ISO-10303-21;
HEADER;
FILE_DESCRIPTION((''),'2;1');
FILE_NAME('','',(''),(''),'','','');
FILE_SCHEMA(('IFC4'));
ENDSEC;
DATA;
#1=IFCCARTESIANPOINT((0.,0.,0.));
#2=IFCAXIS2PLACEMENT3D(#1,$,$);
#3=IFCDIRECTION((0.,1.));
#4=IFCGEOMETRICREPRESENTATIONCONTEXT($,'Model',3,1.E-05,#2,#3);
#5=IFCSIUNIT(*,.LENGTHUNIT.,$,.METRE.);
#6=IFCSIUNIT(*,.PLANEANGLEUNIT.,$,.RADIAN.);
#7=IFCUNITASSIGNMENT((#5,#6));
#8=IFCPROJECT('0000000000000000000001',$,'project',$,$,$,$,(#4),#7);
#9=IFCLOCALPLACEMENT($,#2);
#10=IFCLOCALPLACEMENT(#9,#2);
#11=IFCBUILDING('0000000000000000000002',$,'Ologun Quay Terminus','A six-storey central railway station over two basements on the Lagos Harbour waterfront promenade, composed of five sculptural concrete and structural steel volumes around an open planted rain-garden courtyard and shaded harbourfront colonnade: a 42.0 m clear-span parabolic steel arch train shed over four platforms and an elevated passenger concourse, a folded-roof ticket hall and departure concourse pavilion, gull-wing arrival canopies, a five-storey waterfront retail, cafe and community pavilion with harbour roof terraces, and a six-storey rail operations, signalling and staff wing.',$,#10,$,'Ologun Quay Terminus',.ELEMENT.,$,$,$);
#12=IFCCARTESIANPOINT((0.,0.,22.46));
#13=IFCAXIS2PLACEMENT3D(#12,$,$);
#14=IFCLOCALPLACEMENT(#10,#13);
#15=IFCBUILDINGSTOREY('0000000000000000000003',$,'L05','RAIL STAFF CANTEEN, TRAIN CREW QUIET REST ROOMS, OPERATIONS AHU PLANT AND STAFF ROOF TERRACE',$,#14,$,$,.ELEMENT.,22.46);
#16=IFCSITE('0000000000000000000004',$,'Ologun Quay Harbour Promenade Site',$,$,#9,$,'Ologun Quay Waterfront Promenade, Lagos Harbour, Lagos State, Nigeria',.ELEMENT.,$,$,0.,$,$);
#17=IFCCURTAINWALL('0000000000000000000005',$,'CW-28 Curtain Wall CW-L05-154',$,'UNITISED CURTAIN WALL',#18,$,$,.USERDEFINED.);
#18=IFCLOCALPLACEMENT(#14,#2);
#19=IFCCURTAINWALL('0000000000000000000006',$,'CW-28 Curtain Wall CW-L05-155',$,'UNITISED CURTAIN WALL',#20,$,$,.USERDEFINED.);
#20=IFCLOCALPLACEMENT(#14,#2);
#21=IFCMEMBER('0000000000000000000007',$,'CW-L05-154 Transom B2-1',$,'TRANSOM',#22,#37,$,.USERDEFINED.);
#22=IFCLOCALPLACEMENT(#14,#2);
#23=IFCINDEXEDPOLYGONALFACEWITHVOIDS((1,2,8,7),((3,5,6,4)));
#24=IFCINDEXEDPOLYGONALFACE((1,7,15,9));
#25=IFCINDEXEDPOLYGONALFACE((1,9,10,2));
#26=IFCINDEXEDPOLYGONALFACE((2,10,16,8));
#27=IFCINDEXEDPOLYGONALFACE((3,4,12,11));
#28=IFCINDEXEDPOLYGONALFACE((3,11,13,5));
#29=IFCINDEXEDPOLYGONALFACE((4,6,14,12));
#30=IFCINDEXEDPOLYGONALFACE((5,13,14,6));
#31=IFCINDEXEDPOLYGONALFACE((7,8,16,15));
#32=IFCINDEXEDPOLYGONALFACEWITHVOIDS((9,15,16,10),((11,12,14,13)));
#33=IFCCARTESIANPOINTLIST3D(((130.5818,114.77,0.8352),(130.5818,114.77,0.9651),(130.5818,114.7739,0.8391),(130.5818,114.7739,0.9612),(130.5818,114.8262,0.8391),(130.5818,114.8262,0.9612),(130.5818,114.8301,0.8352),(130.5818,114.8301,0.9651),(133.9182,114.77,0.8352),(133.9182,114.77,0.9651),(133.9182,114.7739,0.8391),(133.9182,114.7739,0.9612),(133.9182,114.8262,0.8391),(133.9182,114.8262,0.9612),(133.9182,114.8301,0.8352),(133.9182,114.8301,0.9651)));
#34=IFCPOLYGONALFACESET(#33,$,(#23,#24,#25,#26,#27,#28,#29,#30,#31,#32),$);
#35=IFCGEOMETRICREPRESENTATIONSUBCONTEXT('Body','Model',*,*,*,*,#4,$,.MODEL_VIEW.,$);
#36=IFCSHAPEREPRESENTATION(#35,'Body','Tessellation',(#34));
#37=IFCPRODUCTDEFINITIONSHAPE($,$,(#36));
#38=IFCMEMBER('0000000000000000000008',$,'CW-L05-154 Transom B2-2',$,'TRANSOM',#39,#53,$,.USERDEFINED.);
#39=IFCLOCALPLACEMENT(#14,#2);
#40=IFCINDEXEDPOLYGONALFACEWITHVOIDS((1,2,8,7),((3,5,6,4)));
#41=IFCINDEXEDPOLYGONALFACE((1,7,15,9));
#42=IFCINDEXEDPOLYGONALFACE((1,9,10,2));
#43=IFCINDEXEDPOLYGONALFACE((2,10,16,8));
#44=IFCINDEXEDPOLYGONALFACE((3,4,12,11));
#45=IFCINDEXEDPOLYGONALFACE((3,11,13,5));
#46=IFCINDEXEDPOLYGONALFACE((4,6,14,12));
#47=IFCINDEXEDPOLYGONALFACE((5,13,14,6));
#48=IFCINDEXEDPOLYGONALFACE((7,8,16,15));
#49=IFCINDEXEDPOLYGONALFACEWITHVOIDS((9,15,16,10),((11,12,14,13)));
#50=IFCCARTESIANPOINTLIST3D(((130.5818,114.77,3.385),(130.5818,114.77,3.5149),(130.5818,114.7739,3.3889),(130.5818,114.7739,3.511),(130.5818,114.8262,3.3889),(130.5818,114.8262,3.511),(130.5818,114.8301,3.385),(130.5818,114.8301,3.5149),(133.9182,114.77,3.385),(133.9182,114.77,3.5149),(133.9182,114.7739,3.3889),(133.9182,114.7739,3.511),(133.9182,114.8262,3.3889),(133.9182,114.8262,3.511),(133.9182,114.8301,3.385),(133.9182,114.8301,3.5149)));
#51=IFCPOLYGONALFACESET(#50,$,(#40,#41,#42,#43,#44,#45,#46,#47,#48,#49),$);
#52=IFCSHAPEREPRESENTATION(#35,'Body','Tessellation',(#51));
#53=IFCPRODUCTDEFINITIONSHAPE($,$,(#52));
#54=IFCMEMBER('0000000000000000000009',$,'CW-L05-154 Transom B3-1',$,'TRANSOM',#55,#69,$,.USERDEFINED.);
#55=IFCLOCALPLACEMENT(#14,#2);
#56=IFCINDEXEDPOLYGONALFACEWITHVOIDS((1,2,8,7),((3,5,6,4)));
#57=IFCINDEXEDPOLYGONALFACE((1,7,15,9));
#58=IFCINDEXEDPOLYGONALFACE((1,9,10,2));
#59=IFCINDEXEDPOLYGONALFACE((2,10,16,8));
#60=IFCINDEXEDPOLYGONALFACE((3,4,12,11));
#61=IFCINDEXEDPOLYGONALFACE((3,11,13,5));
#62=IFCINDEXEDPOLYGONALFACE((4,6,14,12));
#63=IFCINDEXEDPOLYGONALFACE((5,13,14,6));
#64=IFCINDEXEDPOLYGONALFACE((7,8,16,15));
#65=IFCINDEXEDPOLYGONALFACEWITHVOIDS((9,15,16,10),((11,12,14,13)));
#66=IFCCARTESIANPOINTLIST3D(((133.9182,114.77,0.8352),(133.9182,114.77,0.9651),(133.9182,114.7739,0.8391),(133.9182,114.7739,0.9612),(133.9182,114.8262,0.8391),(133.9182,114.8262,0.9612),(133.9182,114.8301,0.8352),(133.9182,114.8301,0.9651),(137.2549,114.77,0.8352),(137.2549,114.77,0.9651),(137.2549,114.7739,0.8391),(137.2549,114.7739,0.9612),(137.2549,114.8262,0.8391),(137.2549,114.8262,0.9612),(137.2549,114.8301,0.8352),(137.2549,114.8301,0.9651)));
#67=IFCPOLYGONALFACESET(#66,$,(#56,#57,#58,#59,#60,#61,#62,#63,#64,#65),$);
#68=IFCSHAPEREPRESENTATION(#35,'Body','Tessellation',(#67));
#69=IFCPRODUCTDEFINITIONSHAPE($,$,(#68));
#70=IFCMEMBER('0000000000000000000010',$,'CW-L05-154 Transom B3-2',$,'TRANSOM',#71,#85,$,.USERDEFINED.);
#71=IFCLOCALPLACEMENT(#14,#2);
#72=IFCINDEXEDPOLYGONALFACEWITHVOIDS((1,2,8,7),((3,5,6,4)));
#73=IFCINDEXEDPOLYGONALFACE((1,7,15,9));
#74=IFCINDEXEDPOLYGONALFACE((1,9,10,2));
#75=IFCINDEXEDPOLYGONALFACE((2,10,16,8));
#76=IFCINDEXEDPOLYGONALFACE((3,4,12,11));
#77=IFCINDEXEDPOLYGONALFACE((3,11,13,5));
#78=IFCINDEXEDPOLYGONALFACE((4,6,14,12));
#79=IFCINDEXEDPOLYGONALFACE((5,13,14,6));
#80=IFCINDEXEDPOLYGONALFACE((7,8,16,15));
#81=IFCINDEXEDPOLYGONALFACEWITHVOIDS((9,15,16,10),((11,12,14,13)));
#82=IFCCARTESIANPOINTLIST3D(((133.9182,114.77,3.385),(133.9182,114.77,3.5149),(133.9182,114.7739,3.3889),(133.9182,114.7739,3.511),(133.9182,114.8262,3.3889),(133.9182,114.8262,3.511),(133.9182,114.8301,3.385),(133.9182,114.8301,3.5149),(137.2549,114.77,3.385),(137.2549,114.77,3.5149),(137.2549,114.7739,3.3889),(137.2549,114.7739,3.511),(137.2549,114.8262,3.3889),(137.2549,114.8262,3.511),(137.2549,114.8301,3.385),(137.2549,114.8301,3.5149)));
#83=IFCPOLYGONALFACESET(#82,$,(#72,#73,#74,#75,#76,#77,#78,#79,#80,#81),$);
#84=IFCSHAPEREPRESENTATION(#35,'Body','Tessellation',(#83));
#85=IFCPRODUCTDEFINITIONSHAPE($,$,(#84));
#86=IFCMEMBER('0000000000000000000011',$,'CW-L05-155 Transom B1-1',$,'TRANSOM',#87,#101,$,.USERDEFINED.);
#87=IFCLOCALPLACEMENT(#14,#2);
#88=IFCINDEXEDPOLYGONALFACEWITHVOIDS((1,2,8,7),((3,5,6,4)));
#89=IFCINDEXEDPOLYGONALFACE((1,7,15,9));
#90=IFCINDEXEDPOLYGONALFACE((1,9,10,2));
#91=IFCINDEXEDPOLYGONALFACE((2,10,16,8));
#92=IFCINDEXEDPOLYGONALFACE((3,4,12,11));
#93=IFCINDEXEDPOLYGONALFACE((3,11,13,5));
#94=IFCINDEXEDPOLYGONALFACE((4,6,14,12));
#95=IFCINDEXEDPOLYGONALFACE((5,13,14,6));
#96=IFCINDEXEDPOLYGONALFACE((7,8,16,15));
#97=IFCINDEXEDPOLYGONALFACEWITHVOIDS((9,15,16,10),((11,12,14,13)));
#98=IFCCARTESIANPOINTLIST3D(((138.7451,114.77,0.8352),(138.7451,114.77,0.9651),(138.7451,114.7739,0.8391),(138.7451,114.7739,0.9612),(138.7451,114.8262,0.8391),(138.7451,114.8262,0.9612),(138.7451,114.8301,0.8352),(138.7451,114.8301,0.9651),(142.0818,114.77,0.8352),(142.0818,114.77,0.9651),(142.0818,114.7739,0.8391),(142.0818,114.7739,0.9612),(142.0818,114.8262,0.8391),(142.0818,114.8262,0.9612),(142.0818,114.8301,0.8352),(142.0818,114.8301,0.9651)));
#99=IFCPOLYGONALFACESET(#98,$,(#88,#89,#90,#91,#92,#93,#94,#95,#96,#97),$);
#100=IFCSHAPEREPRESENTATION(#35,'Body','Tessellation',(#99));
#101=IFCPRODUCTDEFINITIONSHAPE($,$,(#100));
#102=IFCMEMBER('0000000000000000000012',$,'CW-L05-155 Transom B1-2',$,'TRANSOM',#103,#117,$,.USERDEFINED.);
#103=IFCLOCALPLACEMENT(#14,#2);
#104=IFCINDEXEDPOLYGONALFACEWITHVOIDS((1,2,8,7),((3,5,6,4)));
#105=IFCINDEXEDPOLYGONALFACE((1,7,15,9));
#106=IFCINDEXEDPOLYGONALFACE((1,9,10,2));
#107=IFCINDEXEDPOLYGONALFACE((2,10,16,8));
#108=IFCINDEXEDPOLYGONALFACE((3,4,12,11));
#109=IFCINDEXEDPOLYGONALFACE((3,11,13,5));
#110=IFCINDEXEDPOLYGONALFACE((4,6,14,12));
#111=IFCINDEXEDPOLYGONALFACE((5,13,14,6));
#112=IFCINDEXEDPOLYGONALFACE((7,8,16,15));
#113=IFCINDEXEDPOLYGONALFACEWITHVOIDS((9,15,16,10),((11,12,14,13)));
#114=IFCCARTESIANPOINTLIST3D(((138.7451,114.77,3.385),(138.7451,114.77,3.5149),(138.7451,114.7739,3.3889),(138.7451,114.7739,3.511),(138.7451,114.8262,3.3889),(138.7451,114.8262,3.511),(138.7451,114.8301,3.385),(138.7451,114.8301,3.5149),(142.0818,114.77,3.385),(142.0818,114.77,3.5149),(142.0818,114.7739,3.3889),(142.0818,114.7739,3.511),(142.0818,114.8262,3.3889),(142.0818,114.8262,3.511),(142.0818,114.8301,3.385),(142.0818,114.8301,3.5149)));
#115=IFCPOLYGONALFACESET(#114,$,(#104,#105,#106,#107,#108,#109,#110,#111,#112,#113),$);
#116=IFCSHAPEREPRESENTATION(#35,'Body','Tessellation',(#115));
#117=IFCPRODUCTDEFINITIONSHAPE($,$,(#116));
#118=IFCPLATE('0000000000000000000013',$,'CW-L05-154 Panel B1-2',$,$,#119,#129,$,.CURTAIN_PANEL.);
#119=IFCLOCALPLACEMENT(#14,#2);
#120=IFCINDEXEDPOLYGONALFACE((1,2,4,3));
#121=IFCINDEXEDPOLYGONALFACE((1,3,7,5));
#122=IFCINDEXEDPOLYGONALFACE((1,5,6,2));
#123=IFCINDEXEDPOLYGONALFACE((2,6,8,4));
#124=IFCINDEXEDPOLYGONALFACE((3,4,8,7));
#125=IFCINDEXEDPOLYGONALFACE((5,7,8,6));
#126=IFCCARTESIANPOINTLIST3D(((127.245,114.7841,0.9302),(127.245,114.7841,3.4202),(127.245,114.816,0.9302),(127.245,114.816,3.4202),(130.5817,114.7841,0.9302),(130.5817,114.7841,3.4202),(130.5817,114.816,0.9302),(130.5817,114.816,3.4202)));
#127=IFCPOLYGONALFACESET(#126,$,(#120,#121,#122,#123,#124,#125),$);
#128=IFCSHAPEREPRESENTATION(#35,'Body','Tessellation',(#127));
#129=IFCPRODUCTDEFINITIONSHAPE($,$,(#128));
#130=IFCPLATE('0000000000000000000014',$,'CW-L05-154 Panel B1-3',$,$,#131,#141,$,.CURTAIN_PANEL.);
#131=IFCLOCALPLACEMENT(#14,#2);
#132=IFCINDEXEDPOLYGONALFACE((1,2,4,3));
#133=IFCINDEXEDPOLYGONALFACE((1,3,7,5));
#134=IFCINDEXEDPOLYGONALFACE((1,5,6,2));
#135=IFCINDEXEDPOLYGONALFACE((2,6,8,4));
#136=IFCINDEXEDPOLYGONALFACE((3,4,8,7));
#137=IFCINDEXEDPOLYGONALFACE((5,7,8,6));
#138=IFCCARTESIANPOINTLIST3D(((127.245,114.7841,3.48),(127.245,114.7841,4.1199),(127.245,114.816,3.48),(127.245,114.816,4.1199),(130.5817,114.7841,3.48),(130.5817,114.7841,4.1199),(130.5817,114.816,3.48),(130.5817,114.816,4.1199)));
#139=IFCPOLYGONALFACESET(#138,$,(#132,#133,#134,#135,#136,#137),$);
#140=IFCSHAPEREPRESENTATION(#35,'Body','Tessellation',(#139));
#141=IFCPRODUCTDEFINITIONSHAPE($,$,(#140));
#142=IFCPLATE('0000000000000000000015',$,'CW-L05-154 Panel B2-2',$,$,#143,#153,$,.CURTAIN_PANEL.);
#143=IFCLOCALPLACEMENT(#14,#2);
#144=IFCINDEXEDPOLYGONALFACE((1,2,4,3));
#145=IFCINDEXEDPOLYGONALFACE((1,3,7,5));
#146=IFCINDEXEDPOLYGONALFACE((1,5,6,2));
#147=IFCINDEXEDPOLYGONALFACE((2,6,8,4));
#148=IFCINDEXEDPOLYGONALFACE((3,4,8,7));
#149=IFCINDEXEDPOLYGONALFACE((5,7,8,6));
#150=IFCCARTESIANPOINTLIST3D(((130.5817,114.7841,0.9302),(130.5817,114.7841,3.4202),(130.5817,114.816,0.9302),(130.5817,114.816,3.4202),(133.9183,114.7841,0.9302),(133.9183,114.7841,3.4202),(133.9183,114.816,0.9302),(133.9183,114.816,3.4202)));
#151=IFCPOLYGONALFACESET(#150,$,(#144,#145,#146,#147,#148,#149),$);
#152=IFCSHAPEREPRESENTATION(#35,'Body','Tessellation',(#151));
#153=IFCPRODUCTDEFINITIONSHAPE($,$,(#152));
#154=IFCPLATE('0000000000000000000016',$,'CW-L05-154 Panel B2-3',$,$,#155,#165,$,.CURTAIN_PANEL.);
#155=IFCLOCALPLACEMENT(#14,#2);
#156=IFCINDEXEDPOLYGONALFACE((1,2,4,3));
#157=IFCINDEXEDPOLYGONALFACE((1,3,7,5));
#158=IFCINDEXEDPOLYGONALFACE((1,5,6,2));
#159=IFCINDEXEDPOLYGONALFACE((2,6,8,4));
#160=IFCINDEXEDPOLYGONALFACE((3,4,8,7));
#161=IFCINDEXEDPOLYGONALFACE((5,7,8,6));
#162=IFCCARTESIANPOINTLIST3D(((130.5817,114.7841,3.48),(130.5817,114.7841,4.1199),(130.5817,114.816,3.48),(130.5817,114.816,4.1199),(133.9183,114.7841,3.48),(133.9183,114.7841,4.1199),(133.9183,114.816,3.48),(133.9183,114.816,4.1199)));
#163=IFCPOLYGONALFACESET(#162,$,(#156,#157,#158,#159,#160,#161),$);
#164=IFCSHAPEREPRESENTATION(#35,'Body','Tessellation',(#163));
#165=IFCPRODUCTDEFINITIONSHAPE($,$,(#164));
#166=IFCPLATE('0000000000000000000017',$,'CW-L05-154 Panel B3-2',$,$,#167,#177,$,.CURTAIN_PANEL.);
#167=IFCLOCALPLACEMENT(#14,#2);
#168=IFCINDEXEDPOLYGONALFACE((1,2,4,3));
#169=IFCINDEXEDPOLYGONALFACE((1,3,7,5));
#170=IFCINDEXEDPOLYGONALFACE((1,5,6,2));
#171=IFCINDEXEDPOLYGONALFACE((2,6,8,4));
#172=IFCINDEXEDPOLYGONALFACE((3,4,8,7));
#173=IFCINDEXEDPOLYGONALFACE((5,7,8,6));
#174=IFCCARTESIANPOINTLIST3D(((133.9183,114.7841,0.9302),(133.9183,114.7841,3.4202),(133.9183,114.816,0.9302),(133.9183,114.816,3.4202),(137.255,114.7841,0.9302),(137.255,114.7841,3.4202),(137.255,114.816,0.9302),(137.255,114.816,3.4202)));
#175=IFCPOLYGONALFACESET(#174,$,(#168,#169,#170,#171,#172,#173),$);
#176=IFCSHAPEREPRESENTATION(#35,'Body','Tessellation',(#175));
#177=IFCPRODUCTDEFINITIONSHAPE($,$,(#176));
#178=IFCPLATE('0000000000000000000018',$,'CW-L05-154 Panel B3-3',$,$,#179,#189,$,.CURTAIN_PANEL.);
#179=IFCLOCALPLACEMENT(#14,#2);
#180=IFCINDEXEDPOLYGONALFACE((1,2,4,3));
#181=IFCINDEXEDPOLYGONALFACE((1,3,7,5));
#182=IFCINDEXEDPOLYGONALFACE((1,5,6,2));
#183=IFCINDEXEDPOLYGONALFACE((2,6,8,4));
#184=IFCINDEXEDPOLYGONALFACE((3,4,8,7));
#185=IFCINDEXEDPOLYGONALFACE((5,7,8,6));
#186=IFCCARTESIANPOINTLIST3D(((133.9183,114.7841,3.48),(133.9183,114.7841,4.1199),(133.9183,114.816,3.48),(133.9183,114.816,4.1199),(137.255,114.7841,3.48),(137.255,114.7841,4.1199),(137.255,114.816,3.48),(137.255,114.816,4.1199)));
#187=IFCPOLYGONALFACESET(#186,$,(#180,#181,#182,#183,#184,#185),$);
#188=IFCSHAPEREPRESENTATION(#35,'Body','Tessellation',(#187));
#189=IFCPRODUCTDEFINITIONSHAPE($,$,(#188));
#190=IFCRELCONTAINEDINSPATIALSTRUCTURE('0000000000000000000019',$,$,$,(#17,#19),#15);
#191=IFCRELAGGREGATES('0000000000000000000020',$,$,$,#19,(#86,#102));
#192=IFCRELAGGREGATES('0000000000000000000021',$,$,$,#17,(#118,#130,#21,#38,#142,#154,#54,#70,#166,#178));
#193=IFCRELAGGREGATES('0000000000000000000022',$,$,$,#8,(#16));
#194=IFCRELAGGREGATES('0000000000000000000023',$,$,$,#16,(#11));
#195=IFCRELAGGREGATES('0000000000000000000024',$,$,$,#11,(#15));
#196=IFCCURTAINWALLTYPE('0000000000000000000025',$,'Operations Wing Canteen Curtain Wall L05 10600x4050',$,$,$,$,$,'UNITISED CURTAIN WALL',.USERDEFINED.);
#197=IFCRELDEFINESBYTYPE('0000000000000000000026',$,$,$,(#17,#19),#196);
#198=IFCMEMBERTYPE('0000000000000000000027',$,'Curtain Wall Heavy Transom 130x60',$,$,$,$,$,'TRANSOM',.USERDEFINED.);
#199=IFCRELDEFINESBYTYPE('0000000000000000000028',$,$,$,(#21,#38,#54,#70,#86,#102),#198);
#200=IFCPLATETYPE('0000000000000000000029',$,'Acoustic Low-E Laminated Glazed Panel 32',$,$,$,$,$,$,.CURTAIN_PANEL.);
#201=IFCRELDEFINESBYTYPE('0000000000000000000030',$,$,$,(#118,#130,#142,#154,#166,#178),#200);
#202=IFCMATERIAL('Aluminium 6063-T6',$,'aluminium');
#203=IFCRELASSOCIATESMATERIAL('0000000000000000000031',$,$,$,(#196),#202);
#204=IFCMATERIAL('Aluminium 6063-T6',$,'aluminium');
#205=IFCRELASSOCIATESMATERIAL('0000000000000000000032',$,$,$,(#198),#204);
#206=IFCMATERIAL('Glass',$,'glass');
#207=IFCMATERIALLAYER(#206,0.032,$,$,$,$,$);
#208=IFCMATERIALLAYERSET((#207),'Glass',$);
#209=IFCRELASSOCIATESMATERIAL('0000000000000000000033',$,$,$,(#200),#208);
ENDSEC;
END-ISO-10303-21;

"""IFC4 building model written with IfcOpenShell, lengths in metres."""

from ifc_helpers import new_model, si_unit, direction, frame, origin, origin_2d, place, context, subcontext, project, spatial, rectangle, hollow_rectangle, extrude, material, layer, layer_set, material_profile, profile_set, type_object, element, aggregate, save


model = new_model("IFC4")

# Units and contexts
model_context = context("Model", 3, precision=1e-05, world=origin(), true_north=direction((0.0, 1.0)))
body_context = subcontext(model_context, "Body", "Model", "MODEL_VIEW")
ifc_project = project(units=[si_unit("LENGTHUNIT", "METRE"), si_unit("PLANEANGLEUNIT", "RADIAN")], contexts=[model_context])

# Site, building, storey
site_placement = place(None, origin())
site = spatial("IfcSite", under=ifc_project, at=site_placement, Name="Ologun Quay Harbour Promenade Site", LongName="Ologun Quay Waterfront Promenade, Lagos Harbour, Lagos State, Nigeria", CompositionType="ELEMENT", RefElevation=0.0)
building_placement = place(site_placement, origin())
building = spatial("IfcBuilding", under=site, at=building_placement, Name="Ologun Quay Terminus", Description="A six-storey central railway station over two basements on the Lagos Harbour waterfront promenade, composed of five sculptural concrete and structural steel volumes around an open planted rain-garden courtyard and shaded harbourfront colonnade: a 42.0 m clear-span parabolic steel arch train shed over four platforms and an elevated passenger concourse, a folded-roof ticket hall and departure concourse pavilion, gull-wing arrival canopies, a five-storey waterfront retail, cafe and community pavilion with harbour roof terraces, and a six-storey rail operations, signalling and staff wing.", LongName="Ologun Quay Terminus", CompositionType="ELEMENT")
storey_placement = place(building_placement, frame((0.0, 0.0, 22.46)))
storey = spatial("IfcBuildingStorey", under=building, at=storey_placement, Name="L05", Description="RAIL STAFF CANTEEN, TRAIN CREW QUIET REST ROOMS, OPERATIONS AHU PLANT AND STAFF ROOF TERRACE", CompositionType="ELEMENT", Elevation=22.46)

# Curtain wall
ifc_material_1 = material(Name="Aluminium 6063-T6", Category="aluminium")
curtain_wall_type = type_object("IfcCurtainWallType", Name="Operations Wing Canteen Curtain Wall L05 10600x4050", ElementType="UNITISED CURTAIN WALL", PredefinedType="USERDEFINED", material=ifc_material_1)
curtain_wall_1_placement = place(storey_placement, origin())
curtain_wall_1 = element("IfcCurtainWall", 1, at=curtain_wall_1_placement, inside=storey, type_object=curtain_wall_type, Name="CW-28 Curtain Wall CW-L05-154", ObjectType="UNITISED CURTAIN WALL", PredefinedType="USERDEFINED")

# Curtain wall
curtain_wall_2_placement = place(storey_placement, origin())
curtain_wall_2 = element("IfcCurtainWall", 2, at=curtain_wall_2_placement, inside=storey, type_object=curtain_wall_type, Name="CW-28 Curtain Wall CW-L05-155", ObjectType="UNITISED CURTAIN WALL", PredefinedType="USERDEFINED")

# Members
ifc_material_2 = material(Name="Aluminium 6063-T6", Category="aluminium")
ifc_material_profile_1 = material_profile(ifc_material_2, hollow_rectangle(XDim=0.0601, YDim=0.1299, WallThickness=0.0039, at=origin_2d()), Name="ALU 130x60x4")
ifc_profile_set_1 = profile_set([ifc_material_profile_1], Name="Aluminium 6063-T6")
member_type_1 = type_object("IfcMemberType", Name="Curtain Wall Heavy Transom 130x60", ElementType="TRANSOM", PredefinedType="USERDEFINED", material=ifc_profile_set_1)
member_1_placement = place(storey_placement, frame((130.5818, 114.8, 0.9001), z_axis=(1.0, 0.0, 0.0), x_axis=(0.0, 1.0, 0.0)))
member_1 = element("IfcMember", 3, at=member_1_placement, type_object=member_type_1, Name="CW-L05-154 Transom B2-1", ObjectType="TRANSOM", PredefinedType="USERDEFINED", context=body_context, shape_type="SweptSolid", body=[
    extrude(hollow_rectangle(XDim=0.0601, YDim=0.1299, WallThickness=0.0039, at=origin_2d()), origin(), (0.0, 0.0, 1.0), 3.3364),
])
member_2_placement = place(storey_placement, frame((130.5818, 114.8, 3.45), z_axis=(1.0, 0.0, 0.0), x_axis=(0.0, 1.0, 0.0)))
member_2 = element("IfcMember", 4, at=member_2_placement, type_object=member_type_1, Name="CW-L05-154 Transom B2-2", ObjectType="TRANSOM", PredefinedType="USERDEFINED", context=body_context, shape_type="SweptSolid", body=[
    extrude(hollow_rectangle(XDim=0.0601, YDim=0.1299, WallThickness=0.0039, at=origin_2d()), origin(), (0.0, 0.0, 1.0), 3.3364),
])
member_3_placement = place(storey_placement, frame((133.9182, 114.8, 0.9001), z_axis=(1.0, 0.0, 0.0), x_axis=(0.0, 1.0, 0.0)))
member_3 = element("IfcMember", 5, at=member_3_placement, type_object=member_type_1, Name="CW-L05-154 Transom B3-1", ObjectType="TRANSOM", PredefinedType="USERDEFINED", context=body_context, shape_type="SweptSolid", body=[
    extrude(hollow_rectangle(XDim=0.0601, YDim=0.1299, WallThickness=0.0039, at=origin_2d()), origin(), (0.0, 0.0, 1.0), 3.3367),
])
member_4_placement = place(storey_placement, frame((133.9182, 114.8, 3.45), z_axis=(1.0, 0.0, 0.0), x_axis=(0.0, 1.0, 0.0)))
member_4 = element("IfcMember", 6, at=member_4_placement, type_object=member_type_1, Name="CW-L05-154 Transom B3-2", ObjectType="TRANSOM", PredefinedType="USERDEFINED", context=body_context, shape_type="SweptSolid", body=[
    extrude(hollow_rectangle(XDim=0.0601, YDim=0.1299, WallThickness=0.0039, at=origin_2d()), origin(), (0.0, 0.0, 1.0), 3.3367),
])
member_5_placement = place(storey_placement, frame((138.7451, 114.8, 0.9001), z_axis=(1.0, 0.0, 0.0), x_axis=(0.0, 1.0, 0.0)))
member_5 = element("IfcMember", 7, at=member_5_placement, type_object=member_type_1, Name="CW-L05-155 Transom B1-1", ObjectType="TRANSOM", PredefinedType="USERDEFINED", context=body_context, shape_type="SweptSolid", body=[
    extrude(hollow_rectangle(XDim=0.0601, YDim=0.1299, WallThickness=0.0039, at=origin_2d()), origin(), (0.0, 0.0, 1.0), 3.3367),
])
member_6_placement = place(storey_placement, frame((138.7451, 114.8, 3.45), z_axis=(1.0, 0.0, 0.0), x_axis=(0.0, 1.0, 0.0)))
member_6 = element("IfcMember", 8, at=member_6_placement, type_object=member_type_1, Name="CW-L05-155 Transom B1-2", ObjectType="TRANSOM", PredefinedType="USERDEFINED", context=body_context, shape_type="SweptSolid", body=[
    extrude(hollow_rectangle(XDim=0.0601, YDim=0.1299, WallThickness=0.0039, at=origin_2d()), origin(), (0.0, 0.0, 1.0), 3.3367),
])
aggregate(curtain_wall_2, [member_5, member_6])

# Plates
ifc_material_3 = material(Name="Glass", Category="glass")
ifc_layer_1 = layer(ifc_material_3, 0.032)
ifc_layer_set_1 = layer_set([ifc_layer_1], Name="Glass")
plate_type_1 = type_object("IfcPlateType", Name="Acoustic Low-E Laminated Glazed Panel 32", PredefinedType="CURTAIN_PANEL", material=ifc_layer_set_1)
plate_1_placement = place(storey_placement, frame((128.9133, 114.8, 0.9302), z_axis=(0.0, 0.0, 1.0), x_axis=(1.0, 0.0, 0.0)))
plate_1 = element("IfcPlate", 9, at=plate_1_placement, type_object=plate_type_1, Name="CW-L05-154 Panel B1-2", PredefinedType="CURTAIN_PANEL", context=body_context, shape_type="SweptSolid", body=[
    extrude(rectangle(XDim=3.3367, YDim=0.032, at=origin_2d()), origin(), (0.0, 0.0, 1.0), 2.49),
])
plate_2_placement = place(storey_placement, frame((128.9133, 114.8, 3.48), z_axis=(0.0, 0.0, 1.0), x_axis=(1.0, 0.0, 0.0)))
plate_2 = element("IfcPlate", 10, at=plate_2_placement, type_object=plate_type_1, Name="CW-L05-154 Panel B1-3", PredefinedType="CURTAIN_PANEL", context=body_context, shape_type="SweptSolid", body=[
    extrude(rectangle(XDim=3.3367, YDim=0.032, at=origin_2d()), origin(), (0.0, 0.0, 1.0), 0.6399),
])
plate_3_placement = place(storey_placement, frame((132.25, 114.8, 0.9302), z_axis=(0.0, 0.0, 1.0), x_axis=(1.0, 0.0, 0.0)))
plate_3 = element("IfcPlate", 11, at=plate_3_placement, type_object=plate_type_1, Name="CW-L05-154 Panel B2-2", PredefinedType="CURTAIN_PANEL", context=body_context, shape_type="SweptSolid", body=[
    extrude(rectangle(XDim=3.3367, YDim=0.032, at=origin_2d()), origin(), (0.0, 0.0, 1.0), 2.49),
])
plate_4_placement = place(storey_placement, frame((132.25, 114.8, 3.48), z_axis=(0.0, 0.0, 1.0), x_axis=(1.0, 0.0, 0.0)))
plate_4 = element("IfcPlate", 12, at=plate_4_placement, type_object=plate_type_1, Name="CW-L05-154 Panel B2-3", PredefinedType="CURTAIN_PANEL", context=body_context, shape_type="SweptSolid", body=[
    extrude(rectangle(XDim=3.3367, YDim=0.032, at=origin_2d()), origin(), (0.0, 0.0, 1.0), 0.6399),
])
plate_5_placement = place(storey_placement, frame((135.5867, 114.8, 0.9302), z_axis=(0.0, 0.0, 1.0), x_axis=(1.0, 0.0, 0.0)))
plate_5 = element("IfcPlate", 13, at=plate_5_placement, type_object=plate_type_1, Name="CW-L05-154 Panel B3-2", PredefinedType="CURTAIN_PANEL", context=body_context, shape_type="SweptSolid", body=[
    extrude(rectangle(XDim=3.3367, YDim=0.032, at=origin_2d()), origin(), (0.0, 0.0, 1.0), 2.49),
])
plate_6_placement = place(storey_placement, frame((135.5867, 114.8, 3.48), z_axis=(0.0, 0.0, 1.0), x_axis=(1.0, 0.0, 0.0)))
plate_6 = element("IfcPlate", 14, at=plate_6_placement, type_object=plate_type_1, Name="CW-L05-154 Panel B3-3", PredefinedType="CURTAIN_PANEL", context=body_context, shape_type="SweptSolid", body=[
    extrude(rectangle(XDim=3.3367, YDim=0.032, at=origin_2d()), origin(), (0.0, 0.0, 1.0), 0.6399),
])
aggregate(curtain_wall_1, [plate_1, plate_2, member_1, member_2, plate_3, plate_4, member_3, member_4, plate_5, plate_6])

save(model, "model.ifc")
